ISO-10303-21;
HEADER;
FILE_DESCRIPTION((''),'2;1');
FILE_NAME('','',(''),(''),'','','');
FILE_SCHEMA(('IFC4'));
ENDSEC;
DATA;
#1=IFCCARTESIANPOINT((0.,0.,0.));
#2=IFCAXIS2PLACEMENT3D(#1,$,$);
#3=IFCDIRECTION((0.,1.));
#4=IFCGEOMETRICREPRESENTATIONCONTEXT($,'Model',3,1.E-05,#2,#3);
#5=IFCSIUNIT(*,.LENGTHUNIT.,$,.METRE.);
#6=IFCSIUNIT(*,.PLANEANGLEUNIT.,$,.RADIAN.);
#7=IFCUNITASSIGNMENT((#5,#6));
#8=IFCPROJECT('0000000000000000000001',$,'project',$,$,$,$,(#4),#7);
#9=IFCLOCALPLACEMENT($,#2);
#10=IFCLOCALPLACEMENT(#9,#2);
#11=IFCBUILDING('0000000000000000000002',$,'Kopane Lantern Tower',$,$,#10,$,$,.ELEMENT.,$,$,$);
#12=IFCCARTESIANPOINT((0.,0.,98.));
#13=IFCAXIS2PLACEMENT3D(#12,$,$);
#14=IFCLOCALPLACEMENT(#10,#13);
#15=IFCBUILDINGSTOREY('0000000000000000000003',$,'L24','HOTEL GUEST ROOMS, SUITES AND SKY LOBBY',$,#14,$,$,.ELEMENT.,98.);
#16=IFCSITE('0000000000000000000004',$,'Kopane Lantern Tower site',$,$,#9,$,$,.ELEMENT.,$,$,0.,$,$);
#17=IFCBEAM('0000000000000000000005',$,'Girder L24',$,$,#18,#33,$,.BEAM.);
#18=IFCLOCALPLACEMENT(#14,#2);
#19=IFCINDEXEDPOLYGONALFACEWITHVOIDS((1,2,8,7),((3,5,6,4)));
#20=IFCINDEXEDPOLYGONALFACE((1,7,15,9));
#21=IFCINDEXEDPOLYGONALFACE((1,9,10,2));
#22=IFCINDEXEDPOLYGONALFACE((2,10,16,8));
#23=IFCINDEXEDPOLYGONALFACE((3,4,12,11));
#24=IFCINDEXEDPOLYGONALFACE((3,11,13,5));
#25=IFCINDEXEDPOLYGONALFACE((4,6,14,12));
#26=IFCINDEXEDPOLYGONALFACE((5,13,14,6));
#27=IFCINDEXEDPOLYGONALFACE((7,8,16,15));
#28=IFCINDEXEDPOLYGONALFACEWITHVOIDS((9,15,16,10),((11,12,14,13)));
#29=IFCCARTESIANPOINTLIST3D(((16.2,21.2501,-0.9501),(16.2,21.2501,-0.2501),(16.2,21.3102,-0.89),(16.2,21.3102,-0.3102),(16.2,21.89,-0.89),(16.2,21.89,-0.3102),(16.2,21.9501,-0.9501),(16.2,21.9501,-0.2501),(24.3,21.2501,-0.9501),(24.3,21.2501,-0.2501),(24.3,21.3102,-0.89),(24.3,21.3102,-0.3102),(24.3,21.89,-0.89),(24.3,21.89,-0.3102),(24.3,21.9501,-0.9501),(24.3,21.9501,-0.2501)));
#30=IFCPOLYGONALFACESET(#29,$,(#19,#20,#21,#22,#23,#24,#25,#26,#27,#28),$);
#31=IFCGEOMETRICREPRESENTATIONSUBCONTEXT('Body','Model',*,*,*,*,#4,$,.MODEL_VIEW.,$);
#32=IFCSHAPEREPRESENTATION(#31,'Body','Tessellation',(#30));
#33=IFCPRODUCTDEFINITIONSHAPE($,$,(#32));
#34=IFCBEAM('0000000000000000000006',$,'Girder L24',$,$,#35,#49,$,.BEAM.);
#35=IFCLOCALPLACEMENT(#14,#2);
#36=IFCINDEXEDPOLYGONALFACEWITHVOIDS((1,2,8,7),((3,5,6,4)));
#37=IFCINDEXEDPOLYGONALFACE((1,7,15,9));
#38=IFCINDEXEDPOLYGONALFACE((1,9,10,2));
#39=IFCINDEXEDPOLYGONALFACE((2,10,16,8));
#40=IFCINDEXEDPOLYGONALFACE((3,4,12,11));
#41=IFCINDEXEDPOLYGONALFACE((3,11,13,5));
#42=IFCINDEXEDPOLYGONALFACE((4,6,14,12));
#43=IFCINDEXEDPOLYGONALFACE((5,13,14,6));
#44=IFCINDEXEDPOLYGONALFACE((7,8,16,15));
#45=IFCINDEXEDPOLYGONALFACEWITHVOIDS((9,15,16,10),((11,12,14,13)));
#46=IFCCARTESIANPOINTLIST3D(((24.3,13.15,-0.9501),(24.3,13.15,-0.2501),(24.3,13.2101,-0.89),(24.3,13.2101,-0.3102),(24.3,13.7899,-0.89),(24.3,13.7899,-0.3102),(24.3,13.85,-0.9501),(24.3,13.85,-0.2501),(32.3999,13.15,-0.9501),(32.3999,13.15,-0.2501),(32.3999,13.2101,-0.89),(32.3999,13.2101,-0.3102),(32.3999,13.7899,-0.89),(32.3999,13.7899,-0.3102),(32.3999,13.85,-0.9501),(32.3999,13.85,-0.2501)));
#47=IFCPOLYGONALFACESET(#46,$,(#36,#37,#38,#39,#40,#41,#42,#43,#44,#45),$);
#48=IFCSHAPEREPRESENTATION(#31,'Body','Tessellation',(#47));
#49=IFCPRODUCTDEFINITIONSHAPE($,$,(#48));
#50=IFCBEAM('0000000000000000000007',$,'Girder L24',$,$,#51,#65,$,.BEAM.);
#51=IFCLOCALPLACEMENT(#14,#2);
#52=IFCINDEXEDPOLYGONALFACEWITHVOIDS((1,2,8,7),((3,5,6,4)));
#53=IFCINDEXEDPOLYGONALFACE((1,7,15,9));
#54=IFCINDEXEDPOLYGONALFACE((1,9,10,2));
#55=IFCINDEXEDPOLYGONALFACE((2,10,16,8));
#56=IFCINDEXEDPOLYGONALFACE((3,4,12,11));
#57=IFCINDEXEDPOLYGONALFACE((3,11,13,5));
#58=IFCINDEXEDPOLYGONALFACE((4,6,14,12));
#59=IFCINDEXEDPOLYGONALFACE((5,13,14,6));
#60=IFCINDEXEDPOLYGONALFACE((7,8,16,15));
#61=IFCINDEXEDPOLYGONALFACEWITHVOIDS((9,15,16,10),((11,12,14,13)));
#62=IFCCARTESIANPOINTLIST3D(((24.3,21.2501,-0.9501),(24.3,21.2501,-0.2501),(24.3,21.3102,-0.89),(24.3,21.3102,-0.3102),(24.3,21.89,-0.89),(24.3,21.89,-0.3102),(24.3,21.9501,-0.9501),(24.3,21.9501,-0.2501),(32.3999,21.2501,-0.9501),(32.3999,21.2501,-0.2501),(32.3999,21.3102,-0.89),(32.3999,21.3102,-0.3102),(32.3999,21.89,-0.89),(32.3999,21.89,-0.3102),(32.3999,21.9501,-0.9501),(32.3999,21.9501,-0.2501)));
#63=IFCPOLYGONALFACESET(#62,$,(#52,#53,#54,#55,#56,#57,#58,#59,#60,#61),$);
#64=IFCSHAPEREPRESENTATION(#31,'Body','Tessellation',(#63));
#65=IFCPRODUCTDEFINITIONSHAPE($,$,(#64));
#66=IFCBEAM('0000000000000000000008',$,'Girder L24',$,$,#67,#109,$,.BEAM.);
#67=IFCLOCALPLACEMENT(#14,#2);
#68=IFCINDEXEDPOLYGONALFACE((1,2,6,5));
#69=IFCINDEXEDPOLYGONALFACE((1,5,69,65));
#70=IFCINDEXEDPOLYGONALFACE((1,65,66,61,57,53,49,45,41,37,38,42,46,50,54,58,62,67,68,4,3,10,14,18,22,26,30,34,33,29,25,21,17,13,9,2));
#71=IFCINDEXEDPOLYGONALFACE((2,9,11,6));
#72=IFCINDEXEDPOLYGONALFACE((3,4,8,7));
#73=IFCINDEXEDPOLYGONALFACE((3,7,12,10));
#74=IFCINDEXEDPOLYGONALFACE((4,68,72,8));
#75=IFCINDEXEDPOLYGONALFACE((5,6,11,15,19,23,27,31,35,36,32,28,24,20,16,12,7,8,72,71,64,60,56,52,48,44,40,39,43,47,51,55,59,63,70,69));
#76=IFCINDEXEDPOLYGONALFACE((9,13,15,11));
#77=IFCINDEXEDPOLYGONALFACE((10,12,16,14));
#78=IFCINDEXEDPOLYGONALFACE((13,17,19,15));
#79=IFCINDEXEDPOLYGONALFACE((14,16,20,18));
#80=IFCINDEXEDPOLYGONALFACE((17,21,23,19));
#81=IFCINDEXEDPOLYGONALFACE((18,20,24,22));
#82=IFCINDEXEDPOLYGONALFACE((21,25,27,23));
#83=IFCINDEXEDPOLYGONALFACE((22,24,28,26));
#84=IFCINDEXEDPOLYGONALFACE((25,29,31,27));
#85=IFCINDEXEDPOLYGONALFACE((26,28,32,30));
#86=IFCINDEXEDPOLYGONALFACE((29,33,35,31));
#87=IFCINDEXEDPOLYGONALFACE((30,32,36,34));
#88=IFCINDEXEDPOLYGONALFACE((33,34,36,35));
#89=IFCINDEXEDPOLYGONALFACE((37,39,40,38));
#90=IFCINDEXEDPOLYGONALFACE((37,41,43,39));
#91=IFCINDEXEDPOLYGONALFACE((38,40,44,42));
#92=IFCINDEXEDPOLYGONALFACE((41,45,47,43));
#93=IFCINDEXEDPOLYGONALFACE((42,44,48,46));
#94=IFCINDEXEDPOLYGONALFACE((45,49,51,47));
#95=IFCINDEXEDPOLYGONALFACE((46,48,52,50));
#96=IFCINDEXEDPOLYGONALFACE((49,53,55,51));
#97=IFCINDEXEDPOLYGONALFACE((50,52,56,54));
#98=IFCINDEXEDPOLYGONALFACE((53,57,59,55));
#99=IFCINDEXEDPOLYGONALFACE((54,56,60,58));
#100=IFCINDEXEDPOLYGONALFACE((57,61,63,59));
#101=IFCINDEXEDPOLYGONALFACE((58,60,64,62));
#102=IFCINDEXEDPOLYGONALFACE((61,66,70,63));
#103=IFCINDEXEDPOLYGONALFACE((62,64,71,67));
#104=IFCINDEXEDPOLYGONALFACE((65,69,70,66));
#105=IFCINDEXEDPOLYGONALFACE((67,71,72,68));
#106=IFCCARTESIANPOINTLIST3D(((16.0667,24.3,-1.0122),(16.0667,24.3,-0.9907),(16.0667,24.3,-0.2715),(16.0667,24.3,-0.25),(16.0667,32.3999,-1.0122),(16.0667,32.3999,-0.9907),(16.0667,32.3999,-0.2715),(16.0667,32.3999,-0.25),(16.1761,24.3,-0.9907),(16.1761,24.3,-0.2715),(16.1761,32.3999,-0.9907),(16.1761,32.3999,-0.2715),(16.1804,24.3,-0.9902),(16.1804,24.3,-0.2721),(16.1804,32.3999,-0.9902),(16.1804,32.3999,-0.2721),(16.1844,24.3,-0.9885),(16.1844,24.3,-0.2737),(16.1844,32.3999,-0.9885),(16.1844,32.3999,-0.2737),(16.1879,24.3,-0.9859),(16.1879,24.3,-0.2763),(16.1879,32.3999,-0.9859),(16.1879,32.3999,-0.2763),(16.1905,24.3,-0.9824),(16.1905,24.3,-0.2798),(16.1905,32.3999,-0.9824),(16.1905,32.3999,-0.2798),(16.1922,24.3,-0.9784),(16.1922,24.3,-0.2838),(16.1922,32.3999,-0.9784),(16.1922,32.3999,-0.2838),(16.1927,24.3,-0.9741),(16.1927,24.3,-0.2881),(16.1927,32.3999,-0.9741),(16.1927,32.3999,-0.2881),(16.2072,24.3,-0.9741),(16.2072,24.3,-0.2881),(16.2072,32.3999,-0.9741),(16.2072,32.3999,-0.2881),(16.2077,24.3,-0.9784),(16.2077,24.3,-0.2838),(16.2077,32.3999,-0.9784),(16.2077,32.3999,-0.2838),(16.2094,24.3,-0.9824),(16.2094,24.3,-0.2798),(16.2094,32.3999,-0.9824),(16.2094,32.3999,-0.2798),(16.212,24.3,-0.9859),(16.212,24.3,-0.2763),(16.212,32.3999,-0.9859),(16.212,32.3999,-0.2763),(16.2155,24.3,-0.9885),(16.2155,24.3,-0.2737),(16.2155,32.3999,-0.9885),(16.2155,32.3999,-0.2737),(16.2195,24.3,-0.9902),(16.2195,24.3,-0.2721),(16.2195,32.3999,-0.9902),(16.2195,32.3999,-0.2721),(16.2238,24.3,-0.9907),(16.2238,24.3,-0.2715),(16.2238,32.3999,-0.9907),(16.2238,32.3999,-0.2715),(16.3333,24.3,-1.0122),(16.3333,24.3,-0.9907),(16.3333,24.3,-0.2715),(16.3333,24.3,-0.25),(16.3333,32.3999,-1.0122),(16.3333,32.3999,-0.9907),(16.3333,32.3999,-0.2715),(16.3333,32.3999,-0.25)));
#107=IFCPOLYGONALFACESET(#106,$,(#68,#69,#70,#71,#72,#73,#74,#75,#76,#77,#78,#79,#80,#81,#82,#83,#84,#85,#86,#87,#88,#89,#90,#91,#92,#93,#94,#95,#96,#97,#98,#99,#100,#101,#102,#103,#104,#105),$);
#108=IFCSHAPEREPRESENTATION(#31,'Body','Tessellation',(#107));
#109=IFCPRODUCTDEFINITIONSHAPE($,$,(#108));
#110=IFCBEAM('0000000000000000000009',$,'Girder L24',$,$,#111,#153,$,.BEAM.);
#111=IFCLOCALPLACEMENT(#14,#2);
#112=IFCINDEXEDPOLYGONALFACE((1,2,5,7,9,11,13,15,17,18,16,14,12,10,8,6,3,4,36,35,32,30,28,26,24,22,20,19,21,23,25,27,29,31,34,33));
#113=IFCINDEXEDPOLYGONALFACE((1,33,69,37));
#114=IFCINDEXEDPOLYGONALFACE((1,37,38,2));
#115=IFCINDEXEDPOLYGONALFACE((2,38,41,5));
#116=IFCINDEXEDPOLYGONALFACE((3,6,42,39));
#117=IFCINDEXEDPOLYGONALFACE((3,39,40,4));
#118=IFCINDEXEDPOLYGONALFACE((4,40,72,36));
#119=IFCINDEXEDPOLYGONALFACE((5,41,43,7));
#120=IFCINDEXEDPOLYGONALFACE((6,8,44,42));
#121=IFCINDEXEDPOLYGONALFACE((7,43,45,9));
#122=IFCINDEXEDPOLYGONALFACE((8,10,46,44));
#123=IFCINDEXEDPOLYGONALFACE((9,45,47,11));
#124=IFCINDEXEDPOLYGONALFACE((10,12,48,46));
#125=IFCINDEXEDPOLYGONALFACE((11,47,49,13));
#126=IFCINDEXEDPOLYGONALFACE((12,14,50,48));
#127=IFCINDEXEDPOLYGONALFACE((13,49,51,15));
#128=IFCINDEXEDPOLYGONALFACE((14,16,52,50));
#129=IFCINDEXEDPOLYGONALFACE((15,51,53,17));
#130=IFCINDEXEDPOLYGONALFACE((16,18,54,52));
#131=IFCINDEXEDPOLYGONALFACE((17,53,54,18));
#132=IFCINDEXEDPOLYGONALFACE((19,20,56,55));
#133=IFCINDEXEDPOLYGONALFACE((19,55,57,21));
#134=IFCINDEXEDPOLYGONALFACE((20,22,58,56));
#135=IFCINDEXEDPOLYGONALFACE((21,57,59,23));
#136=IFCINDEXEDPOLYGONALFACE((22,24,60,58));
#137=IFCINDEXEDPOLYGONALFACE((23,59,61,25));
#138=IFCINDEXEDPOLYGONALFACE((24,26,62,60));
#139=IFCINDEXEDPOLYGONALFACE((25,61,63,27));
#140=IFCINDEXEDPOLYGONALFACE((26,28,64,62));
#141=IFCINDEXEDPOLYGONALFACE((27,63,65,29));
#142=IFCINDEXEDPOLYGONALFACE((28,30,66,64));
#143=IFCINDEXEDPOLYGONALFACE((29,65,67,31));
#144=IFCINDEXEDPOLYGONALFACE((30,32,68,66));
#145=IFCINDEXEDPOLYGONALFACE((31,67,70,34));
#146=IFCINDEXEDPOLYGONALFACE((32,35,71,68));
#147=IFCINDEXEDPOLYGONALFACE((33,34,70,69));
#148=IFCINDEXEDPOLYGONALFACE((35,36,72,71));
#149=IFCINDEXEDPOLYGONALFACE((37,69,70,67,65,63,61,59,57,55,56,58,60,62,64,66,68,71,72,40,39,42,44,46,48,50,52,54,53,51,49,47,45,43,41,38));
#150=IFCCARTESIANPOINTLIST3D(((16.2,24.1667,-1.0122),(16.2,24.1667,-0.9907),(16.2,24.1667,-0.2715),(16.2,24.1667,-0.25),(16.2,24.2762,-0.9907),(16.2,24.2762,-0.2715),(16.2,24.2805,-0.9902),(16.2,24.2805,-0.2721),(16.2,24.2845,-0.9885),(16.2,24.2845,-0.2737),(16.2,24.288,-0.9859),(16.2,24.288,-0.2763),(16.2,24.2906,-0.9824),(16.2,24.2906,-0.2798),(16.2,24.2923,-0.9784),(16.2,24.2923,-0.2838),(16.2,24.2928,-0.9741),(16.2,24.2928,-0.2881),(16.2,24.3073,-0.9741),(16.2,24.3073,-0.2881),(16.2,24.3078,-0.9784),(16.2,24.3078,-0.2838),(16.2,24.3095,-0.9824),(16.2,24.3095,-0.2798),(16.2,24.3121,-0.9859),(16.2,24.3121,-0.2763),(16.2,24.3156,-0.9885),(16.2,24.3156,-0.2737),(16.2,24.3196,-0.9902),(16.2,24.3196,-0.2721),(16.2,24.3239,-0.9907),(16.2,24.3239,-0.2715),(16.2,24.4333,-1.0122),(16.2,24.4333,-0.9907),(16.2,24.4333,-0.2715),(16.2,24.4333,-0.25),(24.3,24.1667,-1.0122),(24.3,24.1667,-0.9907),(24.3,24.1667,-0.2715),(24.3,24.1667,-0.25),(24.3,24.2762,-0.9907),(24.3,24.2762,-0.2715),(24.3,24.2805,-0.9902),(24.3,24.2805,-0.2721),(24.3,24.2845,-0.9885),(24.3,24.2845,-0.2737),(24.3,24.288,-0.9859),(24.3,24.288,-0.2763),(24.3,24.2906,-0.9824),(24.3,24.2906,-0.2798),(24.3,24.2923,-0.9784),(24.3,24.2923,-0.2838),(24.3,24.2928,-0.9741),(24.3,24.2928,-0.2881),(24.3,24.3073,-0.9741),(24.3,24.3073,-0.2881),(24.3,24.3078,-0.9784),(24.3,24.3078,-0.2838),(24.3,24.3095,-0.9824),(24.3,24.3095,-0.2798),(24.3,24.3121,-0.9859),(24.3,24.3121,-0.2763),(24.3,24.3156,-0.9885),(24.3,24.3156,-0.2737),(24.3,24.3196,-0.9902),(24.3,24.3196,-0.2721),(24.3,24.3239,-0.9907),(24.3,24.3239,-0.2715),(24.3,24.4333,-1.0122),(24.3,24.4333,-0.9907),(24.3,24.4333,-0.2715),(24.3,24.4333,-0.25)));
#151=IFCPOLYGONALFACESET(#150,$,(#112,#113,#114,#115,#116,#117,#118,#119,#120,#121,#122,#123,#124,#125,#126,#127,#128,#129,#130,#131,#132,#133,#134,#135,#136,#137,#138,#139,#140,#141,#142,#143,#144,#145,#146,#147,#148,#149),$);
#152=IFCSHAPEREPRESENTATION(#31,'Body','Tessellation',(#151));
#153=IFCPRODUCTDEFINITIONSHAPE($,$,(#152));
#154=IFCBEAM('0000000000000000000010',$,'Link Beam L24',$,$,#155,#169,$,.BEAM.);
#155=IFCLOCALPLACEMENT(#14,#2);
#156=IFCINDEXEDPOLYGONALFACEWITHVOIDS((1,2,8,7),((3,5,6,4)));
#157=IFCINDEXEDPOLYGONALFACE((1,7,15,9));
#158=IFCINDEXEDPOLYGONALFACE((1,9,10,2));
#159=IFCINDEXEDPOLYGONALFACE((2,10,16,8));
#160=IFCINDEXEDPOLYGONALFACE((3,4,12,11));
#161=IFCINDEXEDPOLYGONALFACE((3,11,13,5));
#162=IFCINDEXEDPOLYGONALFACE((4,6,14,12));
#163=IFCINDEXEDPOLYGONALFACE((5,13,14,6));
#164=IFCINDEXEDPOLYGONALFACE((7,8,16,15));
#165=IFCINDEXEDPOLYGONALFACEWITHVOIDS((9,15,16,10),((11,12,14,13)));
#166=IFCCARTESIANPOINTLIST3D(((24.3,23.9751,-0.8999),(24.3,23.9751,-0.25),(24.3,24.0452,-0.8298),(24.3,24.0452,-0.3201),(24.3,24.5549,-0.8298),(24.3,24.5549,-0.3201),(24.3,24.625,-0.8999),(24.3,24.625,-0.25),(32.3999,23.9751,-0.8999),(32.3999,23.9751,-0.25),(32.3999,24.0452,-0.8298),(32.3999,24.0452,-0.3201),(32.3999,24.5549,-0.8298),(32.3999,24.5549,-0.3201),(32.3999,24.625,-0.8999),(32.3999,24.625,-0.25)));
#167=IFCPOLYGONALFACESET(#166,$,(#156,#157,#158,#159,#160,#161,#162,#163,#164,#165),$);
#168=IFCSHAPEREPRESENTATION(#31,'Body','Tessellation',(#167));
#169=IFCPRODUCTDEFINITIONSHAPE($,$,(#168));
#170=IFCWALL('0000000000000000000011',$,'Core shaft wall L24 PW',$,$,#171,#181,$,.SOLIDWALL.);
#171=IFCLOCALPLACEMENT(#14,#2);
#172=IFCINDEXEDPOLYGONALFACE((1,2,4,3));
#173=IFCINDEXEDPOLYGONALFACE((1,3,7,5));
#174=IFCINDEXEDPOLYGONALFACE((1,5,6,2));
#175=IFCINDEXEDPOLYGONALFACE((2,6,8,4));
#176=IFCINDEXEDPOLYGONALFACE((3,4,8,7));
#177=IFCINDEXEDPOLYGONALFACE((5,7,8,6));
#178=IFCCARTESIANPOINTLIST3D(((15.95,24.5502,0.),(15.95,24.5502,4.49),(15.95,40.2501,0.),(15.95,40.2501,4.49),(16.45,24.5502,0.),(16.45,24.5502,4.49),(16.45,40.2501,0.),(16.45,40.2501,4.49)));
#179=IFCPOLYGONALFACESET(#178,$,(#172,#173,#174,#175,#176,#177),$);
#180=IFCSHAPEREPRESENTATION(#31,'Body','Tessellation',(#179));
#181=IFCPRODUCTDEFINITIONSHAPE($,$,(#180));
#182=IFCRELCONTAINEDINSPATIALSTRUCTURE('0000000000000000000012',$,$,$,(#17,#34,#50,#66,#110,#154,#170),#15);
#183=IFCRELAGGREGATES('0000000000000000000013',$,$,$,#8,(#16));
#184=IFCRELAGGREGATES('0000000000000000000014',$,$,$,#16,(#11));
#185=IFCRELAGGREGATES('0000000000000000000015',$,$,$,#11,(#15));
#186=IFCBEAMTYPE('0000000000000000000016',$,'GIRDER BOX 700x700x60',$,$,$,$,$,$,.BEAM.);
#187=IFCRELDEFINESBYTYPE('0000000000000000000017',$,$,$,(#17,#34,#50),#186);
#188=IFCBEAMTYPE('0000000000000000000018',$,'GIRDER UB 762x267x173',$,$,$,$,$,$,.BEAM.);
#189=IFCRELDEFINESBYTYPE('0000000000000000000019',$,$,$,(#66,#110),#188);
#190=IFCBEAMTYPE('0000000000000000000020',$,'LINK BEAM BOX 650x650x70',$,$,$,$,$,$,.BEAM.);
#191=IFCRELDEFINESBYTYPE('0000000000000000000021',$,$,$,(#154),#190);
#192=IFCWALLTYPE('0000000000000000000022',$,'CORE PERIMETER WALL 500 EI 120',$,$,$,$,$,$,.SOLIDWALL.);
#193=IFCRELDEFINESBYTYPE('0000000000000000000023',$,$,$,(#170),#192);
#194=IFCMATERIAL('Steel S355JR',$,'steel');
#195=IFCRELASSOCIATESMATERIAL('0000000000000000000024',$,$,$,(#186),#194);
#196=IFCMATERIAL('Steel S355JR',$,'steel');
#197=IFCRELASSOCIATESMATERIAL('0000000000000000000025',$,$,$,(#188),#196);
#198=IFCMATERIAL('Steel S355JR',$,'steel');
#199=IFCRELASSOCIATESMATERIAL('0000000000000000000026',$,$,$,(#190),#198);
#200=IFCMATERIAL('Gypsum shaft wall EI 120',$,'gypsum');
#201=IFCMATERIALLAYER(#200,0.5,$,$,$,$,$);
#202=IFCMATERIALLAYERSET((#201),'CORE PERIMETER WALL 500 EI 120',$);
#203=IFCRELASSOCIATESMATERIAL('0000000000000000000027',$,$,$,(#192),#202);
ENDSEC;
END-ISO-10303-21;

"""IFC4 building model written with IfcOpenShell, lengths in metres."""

from ifc_helpers import new_model, si_unit, direction, frame, frame_2d, origin, origin_2d, place, context, subcontext, project, spatial, rectangle, hollow_rectangle, i_section, extrude, material, layer, layer_set, material_profile, profile_set, type_object, element, save


model = new_model("IFC4")

# Units and contexts
model_context = context("Model", 3, precision=1e-05, world=origin(), true_north=direction((0.0, 1.0)))
body_context = subcontext(model_context, "Body", "Model", "MODEL_VIEW")
ifc_project = project(units=[si_unit("LENGTHUNIT", "METRE"), si_unit("PLANEANGLEUNIT", "RADIAN")], contexts=[model_context])

# Site, building, storey
site_placement = place(None, origin())
site = spatial("IfcSite", under=ifc_project, at=site_placement, Name="Kopane Lantern Tower site", CompositionType="ELEMENT", RefElevation=0.0)
building_placement = place(site_placement, origin())
building = spatial("IfcBuilding", under=site, at=building_placement, Name="Kopane Lantern Tower", CompositionType="ELEMENT")
storey_placement = place(building_placement, frame((0.0, 0.0, 98.0)))
storey = spatial("IfcBuildingStorey", under=building, at=storey_placement, Name="L24", Description="HOTEL GUEST ROOMS, SUITES AND SKY LOBBY", CompositionType="ELEMENT", Elevation=98.0)

# Beams
ifc_material_1 = material(Name="Steel S355JR", Category="steel")
ifc_material_profile_1 = material_profile(ifc_material_1, hollow_rectangle(XDim=0.7, YDim=0.7, WallThickness=0.0601, at=origin_2d()), Name="BOX 700x700x60")
ifc_profile_set_1 = profile_set([ifc_material_profile_1], Name="Steel S355JR")
beam_type_1 = type_object("IfcBeamType", Name="GIRDER BOX 700x700x60", PredefinedType="BEAM", material=ifc_profile_set_1)
for number, where, z_axis, x_axis, name in (
    (1, (16.2, 21.6001, -0.6001), (1.0, 0.0, 0.0), (0.0, 1.0, 0.0), "Girder L24"),
):
    element("IfcBeam", number, at=place(storey_placement, frame(where, z_axis=z_axis, x_axis=x_axis)), inside=storey, type_object=beam_type_1, Name=name, PredefinedType="BEAM", context=body_context, shape_type="SweptSolid", body=[
        extrude(hollow_rectangle(XDim=0.7, YDim=0.7, WallThickness=0.0601, at=origin_2d()), origin(), (0.0, 0.0, 1.0), 8.1001),
    ])
for number, where, z_axis, x_axis, name in (
    (2, (24.3, 13.5, -0.6001), (1.0, 0.0, 0.0), (0.0, 1.0, 0.0), "Girder L24"),
    (3, (24.3, 21.6001, -0.6001), (1.0, 0.0, 0.0), (0.0, 1.0, 0.0), "Girder L24"),
):
    element("IfcBeam", number, at=place(storey_placement, frame(where, z_axis=z_axis, x_axis=x_axis)), inside=storey, type_object=beam_type_1, Name=name, PredefinedType="BEAM", context=body_context, shape_type="SweptSolid", body=[
        extrude(hollow_rectangle(XDim=0.7, YDim=0.7, WallThickness=0.0601, at=origin_2d()), origin(), (0.0, 0.0, 1.0), 8.0999),
    ])
ifc_material_2 = material(Name="Steel S355JR", Category="steel")
ifc_material_profile_2 = material_profile(ifc_material_2, i_section(OverallWidth=0.2666, OverallDepth=0.7622, WebThickness=0.0144, FlangeThickness=0.0215, FilletRadius=0.0166, at=origin_2d()), Name="UB 762x267x173")
ifc_profile_set_2 = profile_set([ifc_material_profile_2], Name="Steel S355JR")
beam_type_2 = type_object("IfcBeamType", Name="GIRDER UB 762x267x173", PredefinedType="BEAM", material=ifc_profile_set_2)
beam_1_placement = place(storey_placement, frame((16.2, 24.3, -0.6311), z_axis=(0.0, 1.0, 0.0), x_axis=(-1.0, 0.0, 0.0)))
element("IfcBeam", 4, at=beam_1_placement, inside=storey, type_object=beam_type_2, Name="Girder L24", PredefinedType="BEAM", context=body_context, shape_type="SweptSolid", body=[
    extrude(i_section(OverallWidth=0.2666, OverallDepth=0.7622, WebThickness=0.0144, FlangeThickness=0.0215, FilletRadius=0.0166, at=origin_2d()), origin(), (0.0, 0.0, 1.0), 8.0999),
])
beam_2_placement = place(storey_placement, frame((16.2, 24.3, -0.6311), z_axis=(1.0, 0.0, 0.0), x_axis=(0.0, 1.0, 0.0)))
element("IfcBeam", 5, at=beam_2_placement, inside=storey, type_object=beam_type_2, Name="Girder L24", PredefinedType="BEAM", context=body_context, shape_type="SweptSolid", body=[
    extrude(i_section(OverallWidth=0.2666, OverallDepth=0.7622, WebThickness=0.0144, FlangeThickness=0.0215, FilletRadius=0.0166, at=origin_2d()), origin(), (0.0, 0.0, 1.0), 8.1001),
])
ifc_material_3 = material(Name="Steel S355JR", Category="steel")
ifc_material_profile_3 = material_profile(ifc_material_3, hollow_rectangle(XDim=0.6499, YDim=0.6499, WallThickness=0.0701, at=origin_2d()), Name="BOX 650x650x70")
ifc_profile_set_3 = profile_set([ifc_material_profile_3], Name="Steel S355JR")
beam_type_3 = type_object("IfcBeamType", Name="LINK BEAM BOX 650x650x70", PredefinedType="BEAM", material=ifc_profile_set_3)
beam_3_placement = place(storey_placement, frame((24.3, 24.3, -0.575), z_axis=(1.0, 0.0, 0.0), x_axis=(0.0, 1.0, 0.0)))
element("IfcBeam", 6, at=beam_3_placement, inside=storey, type_object=beam_type_3, Name="Link Beam L24", PredefinedType="BEAM", context=body_context, shape_type="SweptSolid", body=[
    extrude(hollow_rectangle(XDim=0.6499, YDim=0.6499, WallThickness=0.0701, at=origin_2d()), origin(), (0.0, 0.0, 1.0), 8.0999),
])

# Wall
ifc_material_4 = material(Name="Gypsum shaft wall EI 120", Category="gypsum")
ifc_layer_1 = layer(ifc_material_4, 0.5)
ifc_layer_set_1 = layer_set([ifc_layer_1], Name="CORE PERIMETER WALL 500 EI 120")
wall_type_1 = type_object("IfcWallType", Name="CORE PERIMETER WALL 500 EI 120", PredefinedType="SOLIDWALL", material=ifc_layer_set_1)
wall_1_placement = place(storey_placement, frame((16.2, 24.55, 0.0), z_axis=(0.0, 0.0, 1.0), x_axis=(0.0, 1.0, 0.0)))
element("IfcWall", 7, at=wall_1_placement, inside=storey, type_object=wall_type_1, Name="Core shaft wall L24 PW", PredefinedType="SOLIDWALL", context=body_context, shape_type="SweptSolid", body=[
    extrude(rectangle(XDim=15.7, YDim=0.5, at=frame_2d((7.8501, 0.0))), origin(), (0.0, 0.0, 1.0), 4.49),
])

save(model, "model.ifc")
